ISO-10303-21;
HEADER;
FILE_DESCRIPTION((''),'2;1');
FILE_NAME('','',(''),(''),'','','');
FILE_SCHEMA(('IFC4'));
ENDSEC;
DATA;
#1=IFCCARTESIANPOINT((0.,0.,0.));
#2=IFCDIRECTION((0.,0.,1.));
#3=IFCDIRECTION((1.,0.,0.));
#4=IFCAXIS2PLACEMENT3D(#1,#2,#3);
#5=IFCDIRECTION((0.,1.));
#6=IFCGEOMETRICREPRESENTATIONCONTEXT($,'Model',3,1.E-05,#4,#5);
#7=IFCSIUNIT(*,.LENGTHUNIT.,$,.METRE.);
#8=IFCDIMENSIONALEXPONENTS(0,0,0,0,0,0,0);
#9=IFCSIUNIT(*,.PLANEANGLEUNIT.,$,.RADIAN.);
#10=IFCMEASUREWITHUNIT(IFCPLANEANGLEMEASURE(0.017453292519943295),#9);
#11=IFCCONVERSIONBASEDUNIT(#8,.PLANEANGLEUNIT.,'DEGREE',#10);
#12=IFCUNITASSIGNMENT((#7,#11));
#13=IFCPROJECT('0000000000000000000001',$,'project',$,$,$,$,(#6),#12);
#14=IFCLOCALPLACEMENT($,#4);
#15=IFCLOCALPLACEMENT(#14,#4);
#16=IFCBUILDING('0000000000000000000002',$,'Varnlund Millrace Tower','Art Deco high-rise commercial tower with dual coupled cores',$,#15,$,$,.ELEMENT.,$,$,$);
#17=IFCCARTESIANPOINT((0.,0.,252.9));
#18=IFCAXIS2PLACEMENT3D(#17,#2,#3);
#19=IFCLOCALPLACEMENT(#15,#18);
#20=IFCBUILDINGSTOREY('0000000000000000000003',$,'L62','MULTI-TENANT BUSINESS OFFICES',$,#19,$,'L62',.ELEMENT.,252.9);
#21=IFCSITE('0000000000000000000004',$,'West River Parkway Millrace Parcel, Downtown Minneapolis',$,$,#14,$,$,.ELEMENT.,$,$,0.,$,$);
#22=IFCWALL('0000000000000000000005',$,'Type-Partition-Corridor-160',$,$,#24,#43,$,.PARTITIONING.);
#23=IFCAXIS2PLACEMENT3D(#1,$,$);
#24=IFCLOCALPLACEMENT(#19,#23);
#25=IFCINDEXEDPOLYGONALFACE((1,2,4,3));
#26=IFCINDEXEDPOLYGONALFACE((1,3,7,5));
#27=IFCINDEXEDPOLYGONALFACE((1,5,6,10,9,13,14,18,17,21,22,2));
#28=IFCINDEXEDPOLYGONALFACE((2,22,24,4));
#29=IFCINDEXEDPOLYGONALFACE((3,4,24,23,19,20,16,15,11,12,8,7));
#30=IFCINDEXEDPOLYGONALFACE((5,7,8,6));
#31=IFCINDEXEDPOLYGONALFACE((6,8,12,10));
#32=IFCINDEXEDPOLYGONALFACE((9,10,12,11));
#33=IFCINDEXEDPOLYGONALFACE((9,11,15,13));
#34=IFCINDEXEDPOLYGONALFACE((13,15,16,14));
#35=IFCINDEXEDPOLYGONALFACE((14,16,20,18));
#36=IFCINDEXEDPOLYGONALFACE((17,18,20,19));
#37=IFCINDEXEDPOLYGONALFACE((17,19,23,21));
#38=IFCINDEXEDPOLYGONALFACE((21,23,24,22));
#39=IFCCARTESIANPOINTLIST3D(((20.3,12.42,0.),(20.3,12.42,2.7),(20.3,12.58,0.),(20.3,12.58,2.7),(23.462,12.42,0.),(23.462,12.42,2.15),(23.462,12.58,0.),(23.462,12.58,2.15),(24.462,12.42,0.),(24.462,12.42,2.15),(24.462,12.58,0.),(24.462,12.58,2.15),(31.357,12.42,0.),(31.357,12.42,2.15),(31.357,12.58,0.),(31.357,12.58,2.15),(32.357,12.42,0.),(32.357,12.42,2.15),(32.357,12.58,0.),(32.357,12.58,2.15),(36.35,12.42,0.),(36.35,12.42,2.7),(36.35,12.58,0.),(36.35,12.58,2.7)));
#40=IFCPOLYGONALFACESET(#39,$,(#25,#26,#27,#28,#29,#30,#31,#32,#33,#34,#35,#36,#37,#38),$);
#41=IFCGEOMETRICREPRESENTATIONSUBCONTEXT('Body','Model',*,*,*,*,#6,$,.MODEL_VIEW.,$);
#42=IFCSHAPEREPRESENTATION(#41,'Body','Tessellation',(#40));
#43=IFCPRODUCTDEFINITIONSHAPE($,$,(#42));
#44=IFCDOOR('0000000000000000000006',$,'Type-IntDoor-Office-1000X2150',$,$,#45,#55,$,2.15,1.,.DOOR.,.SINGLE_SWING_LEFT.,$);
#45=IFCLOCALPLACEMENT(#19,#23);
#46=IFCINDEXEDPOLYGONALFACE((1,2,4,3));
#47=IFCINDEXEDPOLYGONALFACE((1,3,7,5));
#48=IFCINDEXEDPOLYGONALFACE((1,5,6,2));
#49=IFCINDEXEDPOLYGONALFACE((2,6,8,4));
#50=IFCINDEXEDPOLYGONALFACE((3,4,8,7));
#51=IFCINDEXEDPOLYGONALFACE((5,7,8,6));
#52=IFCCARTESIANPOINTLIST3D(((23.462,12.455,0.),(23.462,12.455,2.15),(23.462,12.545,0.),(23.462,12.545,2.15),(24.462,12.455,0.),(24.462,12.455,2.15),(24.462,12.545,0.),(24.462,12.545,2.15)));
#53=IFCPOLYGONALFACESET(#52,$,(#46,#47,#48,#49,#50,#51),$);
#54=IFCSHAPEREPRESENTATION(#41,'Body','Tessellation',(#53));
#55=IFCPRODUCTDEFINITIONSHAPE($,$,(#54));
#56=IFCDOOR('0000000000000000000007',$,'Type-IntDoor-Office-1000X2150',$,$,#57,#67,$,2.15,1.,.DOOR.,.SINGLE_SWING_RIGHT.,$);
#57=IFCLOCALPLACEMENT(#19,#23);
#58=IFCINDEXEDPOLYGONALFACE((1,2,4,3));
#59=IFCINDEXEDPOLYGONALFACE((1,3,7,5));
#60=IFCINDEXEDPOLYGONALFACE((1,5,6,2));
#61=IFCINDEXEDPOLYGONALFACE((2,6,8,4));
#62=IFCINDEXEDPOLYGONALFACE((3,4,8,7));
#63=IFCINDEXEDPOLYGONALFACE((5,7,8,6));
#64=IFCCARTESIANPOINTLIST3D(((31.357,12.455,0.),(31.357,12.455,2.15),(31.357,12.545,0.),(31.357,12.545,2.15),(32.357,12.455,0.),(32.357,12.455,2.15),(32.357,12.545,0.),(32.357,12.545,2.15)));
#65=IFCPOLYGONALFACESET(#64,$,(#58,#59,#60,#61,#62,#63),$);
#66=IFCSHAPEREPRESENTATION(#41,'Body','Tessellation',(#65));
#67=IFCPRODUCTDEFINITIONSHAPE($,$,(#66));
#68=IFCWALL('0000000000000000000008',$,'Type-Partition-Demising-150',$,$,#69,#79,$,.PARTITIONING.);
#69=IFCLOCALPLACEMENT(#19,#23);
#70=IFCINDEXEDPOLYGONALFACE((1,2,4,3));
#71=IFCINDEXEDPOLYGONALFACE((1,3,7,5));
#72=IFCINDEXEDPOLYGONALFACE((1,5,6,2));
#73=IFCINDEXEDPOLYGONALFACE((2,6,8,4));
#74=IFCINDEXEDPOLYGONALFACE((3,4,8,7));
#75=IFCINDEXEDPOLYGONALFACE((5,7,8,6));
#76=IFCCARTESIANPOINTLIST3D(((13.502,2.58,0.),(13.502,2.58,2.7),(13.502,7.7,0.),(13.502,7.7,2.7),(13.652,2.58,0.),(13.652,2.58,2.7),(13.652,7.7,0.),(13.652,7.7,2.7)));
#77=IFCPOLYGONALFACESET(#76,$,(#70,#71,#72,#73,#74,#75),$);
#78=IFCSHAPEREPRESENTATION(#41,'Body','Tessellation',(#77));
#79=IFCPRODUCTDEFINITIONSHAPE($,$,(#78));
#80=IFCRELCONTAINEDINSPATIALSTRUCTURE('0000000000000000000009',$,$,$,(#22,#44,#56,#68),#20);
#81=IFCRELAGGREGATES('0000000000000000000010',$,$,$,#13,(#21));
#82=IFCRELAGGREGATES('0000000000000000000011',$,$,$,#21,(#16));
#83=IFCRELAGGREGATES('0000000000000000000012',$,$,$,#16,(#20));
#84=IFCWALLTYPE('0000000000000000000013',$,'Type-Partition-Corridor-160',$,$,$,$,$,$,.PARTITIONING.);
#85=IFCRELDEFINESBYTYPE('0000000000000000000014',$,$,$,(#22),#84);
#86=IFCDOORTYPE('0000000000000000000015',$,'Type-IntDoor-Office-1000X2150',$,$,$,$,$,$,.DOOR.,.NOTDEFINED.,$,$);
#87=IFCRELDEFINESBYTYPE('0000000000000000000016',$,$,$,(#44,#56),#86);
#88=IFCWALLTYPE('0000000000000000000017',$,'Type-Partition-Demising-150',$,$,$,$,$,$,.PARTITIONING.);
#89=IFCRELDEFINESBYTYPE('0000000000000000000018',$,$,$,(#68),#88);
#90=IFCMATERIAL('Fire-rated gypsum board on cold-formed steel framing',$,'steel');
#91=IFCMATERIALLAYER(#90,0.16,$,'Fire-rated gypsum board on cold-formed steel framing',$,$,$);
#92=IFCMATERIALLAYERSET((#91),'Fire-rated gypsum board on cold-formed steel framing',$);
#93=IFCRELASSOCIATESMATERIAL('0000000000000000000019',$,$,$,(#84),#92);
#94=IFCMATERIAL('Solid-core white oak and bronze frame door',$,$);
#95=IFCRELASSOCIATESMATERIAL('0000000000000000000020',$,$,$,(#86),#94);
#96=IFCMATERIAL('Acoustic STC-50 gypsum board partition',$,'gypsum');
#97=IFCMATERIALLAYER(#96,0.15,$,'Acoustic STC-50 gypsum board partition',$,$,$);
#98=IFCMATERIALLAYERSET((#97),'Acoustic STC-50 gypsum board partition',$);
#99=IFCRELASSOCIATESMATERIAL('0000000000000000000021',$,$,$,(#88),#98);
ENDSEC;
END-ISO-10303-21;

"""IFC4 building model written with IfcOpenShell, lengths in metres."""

from ifc_helpers import new_model, entity, si_unit, converted_unit, direction, frame, origin_with_axes, origin_2d_with_axis, place, context, subcontext, project, spatial, polyline, rectangle, outline, extrude, material, layer, layer_set, type_object, element, fill, save


model = new_model("IFC4")

# Units and contexts
model_context = context("Model", 3, precision=1e-05, world=origin_with_axes(), true_north=direction((0.0, 1.0)))
body_context = subcontext(model_context, "Body", "Model", "MODEL_VIEW")
ifc_project = project(units=[si_unit("LENGTHUNIT", "METRE"), converted_unit("PLANEANGLEUNIT", "DEGREE", entity("IfcPlaneAngleMeasure", 0.017453292519943295), si_unit("PLANEANGLEUNIT", "RADIAN"), dimensions=[0, 0, 0, 0, 0, 0, 0])], contexts=[model_context])

# Site, building, storey
site_placement = place(None, origin_with_axes())
site = spatial("IfcSite", under=ifc_project, at=site_placement, Name="West River Parkway Millrace Parcel, Downtown Minneapolis", CompositionType="ELEMENT", RefElevation=0.0)
building_placement = place(site_placement, origin_with_axes())
building = spatial("IfcBuilding", under=site, at=building_placement, Name="Varnlund Millrace Tower", Description="Art Deco high-rise commercial tower with dual coupled cores", CompositionType="ELEMENT")
storey_placement = place(building_placement, frame((0.0, 0.0, 252.9), z_axis=(0.0, 0.0, 1.0), x_axis=(1.0, 0.0, 0.0)))
storey = spatial("IfcBuildingStorey", under=building, at=storey_placement, Name="L62", Description="MULTI-TENANT BUSINESS OFFICES", LongName="L62", CompositionType="ELEMENT", Elevation=252.9)

# Wall, openings, doors
ifc_material_1 = material(Name="Fire-rated gypsum board on cold-formed steel framing", Category="steel")
ifc_layer_1 = layer(ifc_material_1, 0.16, Name="Fire-rated gypsum board on cold-formed steel framing")
ifc_layer_set_1 = layer_set([ifc_layer_1], Name="Fire-rated gypsum board on cold-formed steel framing")
wall_type_1 = type_object("IfcWallType", Name="Type-Partition-Corridor-160", PredefinedType="PARTITIONING", material=ifc_layer_set_1)
ifc_material_2 = material(Name="Solid-core white oak and bronze frame door")
door_type_1 = type_object("IfcDoorType", Name="Type-IntDoor-Office-1000X2150", OperationType="NOTDEFINED", PredefinedType="DOOR", material=ifc_material_2)
wall_1_placement = place(storey_placement, frame((20.3, 12.5, 0.0), z_axis=(0.0, 0.0, 1.0), x_axis=(1.0, 0.0, 0.0)))
wall_1 = element("IfcWall", 1, at=wall_1_placement, inside=storey, type_object=wall_type_1, Name="Type-Partition-Corridor-160", PredefinedType="PARTITIONING", context=body_context, shape_type="SweptSolid", body=[
    extrude(outline(polyline([(0.0, -0.08), (16.05, -0.08), (16.05, 0.08), (0.0, 0.08), (0.0, -0.08)])), origin_with_axes(), (0.0, 0.0, 1.0), 2.7),
])
opening_1_placement = place(wall_1_placement, frame((3.662, 0.0, 0.0), z_axis=(0.0, 0.0, 1.0), x_axis=(1.0, 0.0, 0.0)))
opening_1 = element("IfcOpeningElement", 2, at=opening_1_placement, cuts=wall_1, PredefinedType="OPENING", context=body_context, shape_type="SweptSolid", body=[
    extrude(rectangle(XDim=1.0, YDim=0.18, at=origin_2d_with_axis()), origin_with_axes(), (0.0, 0.0, 1.0), 2.15),
])
opening_2_placement = place(wall_1_placement, frame((11.557, 0.0, 0.0), z_axis=(0.0, 0.0, 1.0), x_axis=(1.0, 0.0, 0.0)))
opening_2 = element("IfcOpeningElement", 3, at=opening_2_placement, cuts=wall_1, PredefinedType="OPENING", context=body_context, shape_type="SweptSolid", body=[
    extrude(rectangle(XDim=1.0, YDim=0.18, at=origin_2d_with_axis()), origin_with_axes(), (0.0, 0.0, 1.0), 2.15),
])
door_1_placement = place(wall_1_placement, frame((3.662, 0.0, 0.0), z_axis=(0.0, 0.0, 1.0), x_axis=(1.0, 0.0, 0.0)))
door_1 = element("IfcDoor", 4, at=door_1_placement, inside=storey, type_object=door_type_1, Name="Type-IntDoor-Office-1000X2150", OperationType="SINGLE_SWING_LEFT", OverallHeight=2.15, OverallWidth=1.0, PredefinedType="DOOR", context=body_context, shape_type="SweptSolid", body=[
    extrude(rectangle(XDim=1.0, YDim=0.09, at=origin_2d_with_axis()), origin_with_axes(), (0.0, 0.0, 1.0), 2.15),
])
fill(opening_1, door_1)
door_2_placement = place(wall_1_placement, frame((11.557, 0.0, 0.0), z_axis=(0.0, 0.0, 1.0), x_axis=(1.0, 0.0, 0.0)))
door_2 = element("IfcDoor", 5, at=door_2_placement, inside=storey, type_object=door_type_1, Name="Type-IntDoor-Office-1000X2150", OperationType="SINGLE_SWING_RIGHT", OverallHeight=2.15, OverallWidth=1.0, PredefinedType="DOOR", context=body_context, shape_type="SweptSolid", body=[
    extrude(rectangle(XDim=1.0, YDim=0.09, at=origin_2d_with_axis()), origin_with_axes(), (0.0, 0.0, 1.0), 2.15),
])
fill(opening_2, door_2)

# Wall
ifc_material_3 = material(Name="Acoustic STC-50 gypsum board partition", Category="gypsum")
ifc_layer_2 = layer(ifc_material_3, 0.15, Name="Acoustic STC-50 gypsum board partition")
ifc_layer_set_2 = layer_set([ifc_layer_2], Name="Acoustic STC-50 gypsum board partition")
wall_type_2 = type_object("IfcWallType", Name="Type-Partition-Demising-150", PredefinedType="PARTITIONING", material=ifc_layer_set_2)
wall_2_placement = place(storey_placement, frame((13.577, 2.58, 0.0), z_axis=(0.0, 0.0, 1.0), x_axis=(0.0, 1.0, 0.0)))
element("IfcWall", 6, at=wall_2_placement, inside=storey, type_object=wall_type_2, Name="Type-Partition-Demising-150", PredefinedType="PARTITIONING", context=body_context, shape_type="SweptSolid", body=[
    extrude(outline(polyline([(0.0, -0.075), (5.12, -0.075), (5.12, 0.075), (0.0, 0.075), (0.0, -0.075)])), origin_with_axes(), (0.0, 0.0, 1.0), 2.7),
])

save(model, "model.ifc")
